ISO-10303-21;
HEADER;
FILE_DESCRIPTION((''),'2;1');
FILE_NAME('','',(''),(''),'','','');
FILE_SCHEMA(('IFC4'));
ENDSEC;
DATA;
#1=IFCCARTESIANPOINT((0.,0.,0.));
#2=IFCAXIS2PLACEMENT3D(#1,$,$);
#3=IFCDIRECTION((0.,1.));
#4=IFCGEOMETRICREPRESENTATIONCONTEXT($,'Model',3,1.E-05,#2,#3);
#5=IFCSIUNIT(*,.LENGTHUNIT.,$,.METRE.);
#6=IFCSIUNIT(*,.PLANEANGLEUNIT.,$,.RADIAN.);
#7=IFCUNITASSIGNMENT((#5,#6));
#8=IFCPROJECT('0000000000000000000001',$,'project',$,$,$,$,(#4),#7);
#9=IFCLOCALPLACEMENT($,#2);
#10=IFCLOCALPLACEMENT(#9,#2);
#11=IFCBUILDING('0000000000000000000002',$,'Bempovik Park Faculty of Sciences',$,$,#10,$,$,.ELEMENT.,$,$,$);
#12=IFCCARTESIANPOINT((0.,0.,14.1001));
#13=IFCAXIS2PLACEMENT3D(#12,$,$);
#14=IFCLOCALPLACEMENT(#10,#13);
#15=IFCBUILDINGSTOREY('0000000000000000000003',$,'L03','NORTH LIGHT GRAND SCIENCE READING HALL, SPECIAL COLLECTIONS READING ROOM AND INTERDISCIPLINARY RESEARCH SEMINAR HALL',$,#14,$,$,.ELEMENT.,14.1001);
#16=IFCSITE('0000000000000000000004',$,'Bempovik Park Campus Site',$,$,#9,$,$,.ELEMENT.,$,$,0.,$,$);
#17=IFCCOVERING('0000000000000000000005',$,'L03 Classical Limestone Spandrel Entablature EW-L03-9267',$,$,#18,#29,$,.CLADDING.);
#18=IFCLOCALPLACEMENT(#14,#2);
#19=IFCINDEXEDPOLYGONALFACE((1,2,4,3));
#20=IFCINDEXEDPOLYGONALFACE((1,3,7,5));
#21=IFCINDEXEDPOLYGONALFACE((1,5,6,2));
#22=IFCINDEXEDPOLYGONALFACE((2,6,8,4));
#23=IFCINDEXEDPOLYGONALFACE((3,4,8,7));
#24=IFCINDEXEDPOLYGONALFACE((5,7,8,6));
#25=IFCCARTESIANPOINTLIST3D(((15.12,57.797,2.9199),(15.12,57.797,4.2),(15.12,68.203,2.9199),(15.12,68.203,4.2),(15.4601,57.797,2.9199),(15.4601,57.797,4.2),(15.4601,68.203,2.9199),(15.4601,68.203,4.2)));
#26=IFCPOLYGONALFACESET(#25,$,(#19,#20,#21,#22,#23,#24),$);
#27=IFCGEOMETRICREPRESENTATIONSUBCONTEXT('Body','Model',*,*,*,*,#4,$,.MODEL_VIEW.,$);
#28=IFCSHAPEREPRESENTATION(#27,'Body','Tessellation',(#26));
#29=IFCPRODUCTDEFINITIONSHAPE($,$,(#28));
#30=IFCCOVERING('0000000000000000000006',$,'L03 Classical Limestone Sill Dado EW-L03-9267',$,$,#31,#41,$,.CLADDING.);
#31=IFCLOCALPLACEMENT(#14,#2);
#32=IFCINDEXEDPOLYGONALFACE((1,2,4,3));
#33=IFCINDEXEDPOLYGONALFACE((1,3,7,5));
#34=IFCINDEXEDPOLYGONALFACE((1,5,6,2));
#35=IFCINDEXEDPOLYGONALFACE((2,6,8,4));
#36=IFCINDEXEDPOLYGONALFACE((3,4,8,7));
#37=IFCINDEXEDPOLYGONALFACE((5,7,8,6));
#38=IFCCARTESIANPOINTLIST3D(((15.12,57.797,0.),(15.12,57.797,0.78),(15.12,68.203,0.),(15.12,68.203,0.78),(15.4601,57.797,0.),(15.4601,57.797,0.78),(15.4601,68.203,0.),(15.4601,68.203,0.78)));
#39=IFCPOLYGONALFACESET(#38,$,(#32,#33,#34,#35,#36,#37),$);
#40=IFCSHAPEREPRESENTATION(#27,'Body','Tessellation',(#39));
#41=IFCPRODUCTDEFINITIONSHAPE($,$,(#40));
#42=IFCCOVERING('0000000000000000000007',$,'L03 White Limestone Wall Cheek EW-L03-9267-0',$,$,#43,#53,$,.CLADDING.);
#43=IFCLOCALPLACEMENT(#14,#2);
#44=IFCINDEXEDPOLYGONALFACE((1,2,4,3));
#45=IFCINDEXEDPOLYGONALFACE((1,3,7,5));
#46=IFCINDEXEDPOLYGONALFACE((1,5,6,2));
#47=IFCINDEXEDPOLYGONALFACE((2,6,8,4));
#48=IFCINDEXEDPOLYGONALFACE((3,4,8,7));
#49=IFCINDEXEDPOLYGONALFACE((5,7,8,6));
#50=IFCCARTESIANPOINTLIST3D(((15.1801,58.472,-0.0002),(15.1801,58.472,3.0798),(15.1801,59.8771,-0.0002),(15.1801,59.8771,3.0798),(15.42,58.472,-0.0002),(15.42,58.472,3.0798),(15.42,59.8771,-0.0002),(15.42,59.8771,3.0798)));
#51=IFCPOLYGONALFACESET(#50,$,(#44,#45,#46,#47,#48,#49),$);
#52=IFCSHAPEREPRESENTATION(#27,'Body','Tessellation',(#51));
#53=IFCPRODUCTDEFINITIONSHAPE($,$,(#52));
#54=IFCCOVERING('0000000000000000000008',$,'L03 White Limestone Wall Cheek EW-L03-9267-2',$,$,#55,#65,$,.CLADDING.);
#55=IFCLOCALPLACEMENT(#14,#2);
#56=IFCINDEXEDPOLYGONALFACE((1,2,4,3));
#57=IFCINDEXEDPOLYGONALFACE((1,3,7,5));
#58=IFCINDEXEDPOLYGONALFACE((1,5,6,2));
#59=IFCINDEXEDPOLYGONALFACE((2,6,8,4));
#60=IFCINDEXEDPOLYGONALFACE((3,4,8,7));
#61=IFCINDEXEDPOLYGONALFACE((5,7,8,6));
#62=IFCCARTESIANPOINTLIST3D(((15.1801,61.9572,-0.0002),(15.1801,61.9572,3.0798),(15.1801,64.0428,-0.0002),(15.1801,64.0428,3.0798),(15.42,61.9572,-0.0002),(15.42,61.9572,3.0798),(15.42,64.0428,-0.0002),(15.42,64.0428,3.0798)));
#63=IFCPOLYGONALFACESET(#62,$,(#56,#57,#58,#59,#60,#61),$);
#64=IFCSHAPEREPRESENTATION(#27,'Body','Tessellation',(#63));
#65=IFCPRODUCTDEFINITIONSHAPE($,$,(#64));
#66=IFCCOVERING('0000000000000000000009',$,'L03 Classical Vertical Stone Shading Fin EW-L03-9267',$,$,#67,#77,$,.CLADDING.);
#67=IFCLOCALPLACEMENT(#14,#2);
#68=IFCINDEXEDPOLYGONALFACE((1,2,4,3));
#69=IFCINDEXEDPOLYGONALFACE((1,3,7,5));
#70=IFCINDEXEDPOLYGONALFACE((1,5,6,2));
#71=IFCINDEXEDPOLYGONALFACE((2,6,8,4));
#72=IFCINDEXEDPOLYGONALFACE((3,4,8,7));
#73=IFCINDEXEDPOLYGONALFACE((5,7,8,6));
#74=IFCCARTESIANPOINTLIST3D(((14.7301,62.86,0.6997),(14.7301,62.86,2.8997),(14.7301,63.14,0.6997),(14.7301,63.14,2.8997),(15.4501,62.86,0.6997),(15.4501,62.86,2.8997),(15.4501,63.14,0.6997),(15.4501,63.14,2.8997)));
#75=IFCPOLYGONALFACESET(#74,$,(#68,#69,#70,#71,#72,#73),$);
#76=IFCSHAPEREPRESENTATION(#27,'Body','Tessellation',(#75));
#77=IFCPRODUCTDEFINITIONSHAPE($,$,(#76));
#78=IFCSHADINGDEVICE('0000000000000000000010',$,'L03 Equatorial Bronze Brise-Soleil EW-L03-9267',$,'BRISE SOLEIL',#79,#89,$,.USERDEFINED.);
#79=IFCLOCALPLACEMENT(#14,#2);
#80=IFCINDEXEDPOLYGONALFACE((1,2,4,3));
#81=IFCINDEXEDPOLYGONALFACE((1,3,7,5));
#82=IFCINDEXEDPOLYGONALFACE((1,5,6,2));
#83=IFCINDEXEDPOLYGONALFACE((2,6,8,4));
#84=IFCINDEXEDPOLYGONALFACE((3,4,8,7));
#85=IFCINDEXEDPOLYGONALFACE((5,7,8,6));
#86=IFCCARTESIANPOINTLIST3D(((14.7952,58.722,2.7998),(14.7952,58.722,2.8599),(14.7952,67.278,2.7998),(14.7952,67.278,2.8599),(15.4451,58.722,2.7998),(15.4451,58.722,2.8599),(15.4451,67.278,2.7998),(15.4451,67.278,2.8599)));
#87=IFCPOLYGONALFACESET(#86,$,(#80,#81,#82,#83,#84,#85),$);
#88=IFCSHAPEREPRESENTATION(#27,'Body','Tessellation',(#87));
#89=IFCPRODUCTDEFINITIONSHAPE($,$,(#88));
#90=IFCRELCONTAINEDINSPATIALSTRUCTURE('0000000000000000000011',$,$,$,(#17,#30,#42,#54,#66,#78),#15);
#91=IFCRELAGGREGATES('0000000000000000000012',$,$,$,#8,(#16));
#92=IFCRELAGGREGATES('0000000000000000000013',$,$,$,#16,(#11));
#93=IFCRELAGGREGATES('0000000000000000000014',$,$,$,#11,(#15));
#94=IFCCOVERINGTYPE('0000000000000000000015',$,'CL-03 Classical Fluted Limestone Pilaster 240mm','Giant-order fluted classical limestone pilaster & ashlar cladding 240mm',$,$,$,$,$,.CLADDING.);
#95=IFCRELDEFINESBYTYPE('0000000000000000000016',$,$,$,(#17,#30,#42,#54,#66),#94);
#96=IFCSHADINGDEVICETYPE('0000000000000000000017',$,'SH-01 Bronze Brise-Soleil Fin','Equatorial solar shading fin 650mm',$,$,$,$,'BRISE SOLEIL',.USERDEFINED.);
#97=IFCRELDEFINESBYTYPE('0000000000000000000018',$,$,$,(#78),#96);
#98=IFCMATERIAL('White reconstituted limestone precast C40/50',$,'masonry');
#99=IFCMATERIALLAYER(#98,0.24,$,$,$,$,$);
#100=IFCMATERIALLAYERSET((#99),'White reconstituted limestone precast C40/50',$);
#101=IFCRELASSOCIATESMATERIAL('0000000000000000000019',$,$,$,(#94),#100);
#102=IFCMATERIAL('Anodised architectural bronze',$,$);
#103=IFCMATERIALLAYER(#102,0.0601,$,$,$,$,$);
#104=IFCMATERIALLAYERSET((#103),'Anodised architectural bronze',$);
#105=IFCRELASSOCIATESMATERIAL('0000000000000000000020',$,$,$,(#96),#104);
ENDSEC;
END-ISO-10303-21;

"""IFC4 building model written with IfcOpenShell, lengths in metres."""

from ifc_helpers import new_model, si_unit, direction, frame, origin, origin_2d, place, context, subcontext, project, spatial, rectangle, extrude, material, layer, layer_set, type_object, element, save


model = new_model("IFC4")

# Units and contexts
model_context = context("Model", 3, precision=1e-05, world=origin(), true_north=direction((0.0, 1.0)))
body_context = subcontext(model_context, "Body", "Model", "MODEL_VIEW")
ifc_project = project(units=[si_unit("LENGTHUNIT", "METRE"), si_unit("PLANEANGLEUNIT", "RADIAN")], contexts=[model_context])

# Site, building, storey
site_placement = place(None, origin())
site = spatial("IfcSite", under=ifc_project, at=site_placement, Name="Bempovik Park Campus Site", CompositionType="ELEMENT", RefElevation=0.0)
building_placement = place(site_placement, origin())
building = spatial("IfcBuilding", under=site, at=building_placement, Name="Bempovik Park Faculty of Sciences", CompositionType="ELEMENT")
storey_placement = place(building_placement, frame((0.0, 0.0, 14.1001)))
storey = spatial("IfcBuildingStorey", under=building, at=storey_placement, Name="L03", Description="NORTH LIGHT GRAND SCIENCE READING HALL, SPECIAL COLLECTIONS READING ROOM AND INTERDISCIPLINARY RESEARCH SEMINAR HALL", CompositionType="ELEMENT", Elevation=14.1001)

# Coverings
ifc_material_1 = material(Name="White reconstituted limestone precast C40/50", Category="masonry")
ifc_layer_1 = layer(ifc_material_1, 0.24)
ifc_layer_set_1 = layer_set([ifc_layer_1], Name="White reconstituted limestone precast C40/50")
covering_type_1 = type_object("IfcCoveringType", Name="CL-03 Classical Fluted Limestone Pilaster 240mm", Description="Giant-order fluted classical limestone pilaster & ashlar cladding 240mm", PredefinedType="CLADDING", material=ifc_layer_set_1)
covering_1_placement = place(storey_placement, frame((15.29, 63.0, 2.9199), z_axis=(0.0, 0.0, 1.0), x_axis=(1.0, 0.0, 0.0)))
element("IfcCovering", 1, at=covering_1_placement, inside=storey, type_object=covering_type_1, Name="L03 Classical Limestone Spandrel Entablature EW-L03-9267", PredefinedType="CLADDING", context=body_context, shape_type="SweptSolid", body=[
    extrude(rectangle(XDim=0.3401, YDim=10.406, at=origin_2d()), origin(), (0.0, 0.0, 1.0), 1.28),
])
covering_2_placement = place(storey_placement, frame((15.29, 63.0, 0.0), z_axis=(0.0, 0.0, 1.0), x_axis=(1.0, 0.0, 0.0)))
element("IfcCovering", 2, at=covering_2_placement, inside=storey, type_object=covering_type_1, Name="L03 Classical Limestone Sill Dado EW-L03-9267", PredefinedType="CLADDING", context=body_context, shape_type="SweptSolid", body=[
    extrude(rectangle(XDim=0.3401, YDim=10.406, at=origin_2d()), origin(), (0.0, 0.0, 1.0), 0.78),
])
covering_3_placement = place(storey_placement, frame((15.3, 59.1746, -0.0002), z_axis=(0.0, 0.0, 1.0), x_axis=(1.0, 0.0, 0.0)))
element("IfcCovering", 3, at=covering_3_placement, inside=storey, type_object=covering_type_1, Name="L03 White Limestone Wall Cheek EW-L03-9267-0", PredefinedType="CLADDING", context=body_context, shape_type="SweptSolid", body=[
    extrude(rectangle(XDim=0.24, YDim=1.405, at=origin_2d()), origin(), (0.0, 0.0, 1.0), 3.0801),
])
covering_4_placement = place(storey_placement, frame((15.3, 63.0, -0.0002), z_axis=(0.0, 0.0, 1.0), x_axis=(1.0, 0.0, 0.0)))
element("IfcCovering", 4, at=covering_4_placement, inside=storey, type_object=covering_type_1, Name="L03 White Limestone Wall Cheek EW-L03-9267-2", PredefinedType="CLADDING", context=body_context, shape_type="SweptSolid", body=[
    extrude(rectangle(XDim=0.24, YDim=2.0857, at=origin_2d()), origin(), (0.0, 0.0, 1.0), 3.0801),
])
covering_5_placement = place(storey_placement, frame((15.0901, 63.0, 0.6997), z_axis=(0.0, 0.0, 1.0), x_axis=(1.0, 0.0, 0.0)))
element("IfcCovering", 5, at=covering_5_placement, inside=storey, type_object=covering_type_1, Name="L03 Classical Vertical Stone Shading Fin EW-L03-9267", PredefinedType="CLADDING", context=body_context, shape_type="SweptSolid", body=[
    extrude(rectangle(XDim=0.72, YDim=0.28, at=origin_2d()), origin(), (0.0, 0.0, 1.0), 2.2),
])

# Shading device
ifc_material_2 = material(Name="Anodised architectural bronze")
ifc_layer_2 = layer(ifc_material_2, 0.0601)
ifc_layer_set_2 = layer_set([ifc_layer_2], Name="Anodised architectural bronze")
shading_device_type = type_object("IfcShadingDeviceType", Name="SH-01 Bronze Brise-Soleil Fin", Description="Equatorial solar shading fin 650mm", ElementType="BRISE SOLEIL", PredefinedType="USERDEFINED", material=ifc_layer_set_2)
shading_device_placement = place(storey_placement, frame((15.1201, 63.0, 2.7998), z_axis=(0.0, 0.0, 1.0), x_axis=(1.0, 0.0, 0.0)))
element("IfcShadingDevice", 6, at=shading_device_placement, inside=storey, type_object=shading_device_type, Name="L03 Equatorial Bronze Brise-Soleil EW-L03-9267", ObjectType="BRISE SOLEIL", PredefinedType="USERDEFINED", context=body_context, shape_type="SweptSolid", body=[
    extrude(rectangle(XDim=0.6499, YDim=8.5559, at=origin_2d()), origin(), (0.0, 0.0, 1.0), 0.0601),
])

save(model, "model.ifc")
